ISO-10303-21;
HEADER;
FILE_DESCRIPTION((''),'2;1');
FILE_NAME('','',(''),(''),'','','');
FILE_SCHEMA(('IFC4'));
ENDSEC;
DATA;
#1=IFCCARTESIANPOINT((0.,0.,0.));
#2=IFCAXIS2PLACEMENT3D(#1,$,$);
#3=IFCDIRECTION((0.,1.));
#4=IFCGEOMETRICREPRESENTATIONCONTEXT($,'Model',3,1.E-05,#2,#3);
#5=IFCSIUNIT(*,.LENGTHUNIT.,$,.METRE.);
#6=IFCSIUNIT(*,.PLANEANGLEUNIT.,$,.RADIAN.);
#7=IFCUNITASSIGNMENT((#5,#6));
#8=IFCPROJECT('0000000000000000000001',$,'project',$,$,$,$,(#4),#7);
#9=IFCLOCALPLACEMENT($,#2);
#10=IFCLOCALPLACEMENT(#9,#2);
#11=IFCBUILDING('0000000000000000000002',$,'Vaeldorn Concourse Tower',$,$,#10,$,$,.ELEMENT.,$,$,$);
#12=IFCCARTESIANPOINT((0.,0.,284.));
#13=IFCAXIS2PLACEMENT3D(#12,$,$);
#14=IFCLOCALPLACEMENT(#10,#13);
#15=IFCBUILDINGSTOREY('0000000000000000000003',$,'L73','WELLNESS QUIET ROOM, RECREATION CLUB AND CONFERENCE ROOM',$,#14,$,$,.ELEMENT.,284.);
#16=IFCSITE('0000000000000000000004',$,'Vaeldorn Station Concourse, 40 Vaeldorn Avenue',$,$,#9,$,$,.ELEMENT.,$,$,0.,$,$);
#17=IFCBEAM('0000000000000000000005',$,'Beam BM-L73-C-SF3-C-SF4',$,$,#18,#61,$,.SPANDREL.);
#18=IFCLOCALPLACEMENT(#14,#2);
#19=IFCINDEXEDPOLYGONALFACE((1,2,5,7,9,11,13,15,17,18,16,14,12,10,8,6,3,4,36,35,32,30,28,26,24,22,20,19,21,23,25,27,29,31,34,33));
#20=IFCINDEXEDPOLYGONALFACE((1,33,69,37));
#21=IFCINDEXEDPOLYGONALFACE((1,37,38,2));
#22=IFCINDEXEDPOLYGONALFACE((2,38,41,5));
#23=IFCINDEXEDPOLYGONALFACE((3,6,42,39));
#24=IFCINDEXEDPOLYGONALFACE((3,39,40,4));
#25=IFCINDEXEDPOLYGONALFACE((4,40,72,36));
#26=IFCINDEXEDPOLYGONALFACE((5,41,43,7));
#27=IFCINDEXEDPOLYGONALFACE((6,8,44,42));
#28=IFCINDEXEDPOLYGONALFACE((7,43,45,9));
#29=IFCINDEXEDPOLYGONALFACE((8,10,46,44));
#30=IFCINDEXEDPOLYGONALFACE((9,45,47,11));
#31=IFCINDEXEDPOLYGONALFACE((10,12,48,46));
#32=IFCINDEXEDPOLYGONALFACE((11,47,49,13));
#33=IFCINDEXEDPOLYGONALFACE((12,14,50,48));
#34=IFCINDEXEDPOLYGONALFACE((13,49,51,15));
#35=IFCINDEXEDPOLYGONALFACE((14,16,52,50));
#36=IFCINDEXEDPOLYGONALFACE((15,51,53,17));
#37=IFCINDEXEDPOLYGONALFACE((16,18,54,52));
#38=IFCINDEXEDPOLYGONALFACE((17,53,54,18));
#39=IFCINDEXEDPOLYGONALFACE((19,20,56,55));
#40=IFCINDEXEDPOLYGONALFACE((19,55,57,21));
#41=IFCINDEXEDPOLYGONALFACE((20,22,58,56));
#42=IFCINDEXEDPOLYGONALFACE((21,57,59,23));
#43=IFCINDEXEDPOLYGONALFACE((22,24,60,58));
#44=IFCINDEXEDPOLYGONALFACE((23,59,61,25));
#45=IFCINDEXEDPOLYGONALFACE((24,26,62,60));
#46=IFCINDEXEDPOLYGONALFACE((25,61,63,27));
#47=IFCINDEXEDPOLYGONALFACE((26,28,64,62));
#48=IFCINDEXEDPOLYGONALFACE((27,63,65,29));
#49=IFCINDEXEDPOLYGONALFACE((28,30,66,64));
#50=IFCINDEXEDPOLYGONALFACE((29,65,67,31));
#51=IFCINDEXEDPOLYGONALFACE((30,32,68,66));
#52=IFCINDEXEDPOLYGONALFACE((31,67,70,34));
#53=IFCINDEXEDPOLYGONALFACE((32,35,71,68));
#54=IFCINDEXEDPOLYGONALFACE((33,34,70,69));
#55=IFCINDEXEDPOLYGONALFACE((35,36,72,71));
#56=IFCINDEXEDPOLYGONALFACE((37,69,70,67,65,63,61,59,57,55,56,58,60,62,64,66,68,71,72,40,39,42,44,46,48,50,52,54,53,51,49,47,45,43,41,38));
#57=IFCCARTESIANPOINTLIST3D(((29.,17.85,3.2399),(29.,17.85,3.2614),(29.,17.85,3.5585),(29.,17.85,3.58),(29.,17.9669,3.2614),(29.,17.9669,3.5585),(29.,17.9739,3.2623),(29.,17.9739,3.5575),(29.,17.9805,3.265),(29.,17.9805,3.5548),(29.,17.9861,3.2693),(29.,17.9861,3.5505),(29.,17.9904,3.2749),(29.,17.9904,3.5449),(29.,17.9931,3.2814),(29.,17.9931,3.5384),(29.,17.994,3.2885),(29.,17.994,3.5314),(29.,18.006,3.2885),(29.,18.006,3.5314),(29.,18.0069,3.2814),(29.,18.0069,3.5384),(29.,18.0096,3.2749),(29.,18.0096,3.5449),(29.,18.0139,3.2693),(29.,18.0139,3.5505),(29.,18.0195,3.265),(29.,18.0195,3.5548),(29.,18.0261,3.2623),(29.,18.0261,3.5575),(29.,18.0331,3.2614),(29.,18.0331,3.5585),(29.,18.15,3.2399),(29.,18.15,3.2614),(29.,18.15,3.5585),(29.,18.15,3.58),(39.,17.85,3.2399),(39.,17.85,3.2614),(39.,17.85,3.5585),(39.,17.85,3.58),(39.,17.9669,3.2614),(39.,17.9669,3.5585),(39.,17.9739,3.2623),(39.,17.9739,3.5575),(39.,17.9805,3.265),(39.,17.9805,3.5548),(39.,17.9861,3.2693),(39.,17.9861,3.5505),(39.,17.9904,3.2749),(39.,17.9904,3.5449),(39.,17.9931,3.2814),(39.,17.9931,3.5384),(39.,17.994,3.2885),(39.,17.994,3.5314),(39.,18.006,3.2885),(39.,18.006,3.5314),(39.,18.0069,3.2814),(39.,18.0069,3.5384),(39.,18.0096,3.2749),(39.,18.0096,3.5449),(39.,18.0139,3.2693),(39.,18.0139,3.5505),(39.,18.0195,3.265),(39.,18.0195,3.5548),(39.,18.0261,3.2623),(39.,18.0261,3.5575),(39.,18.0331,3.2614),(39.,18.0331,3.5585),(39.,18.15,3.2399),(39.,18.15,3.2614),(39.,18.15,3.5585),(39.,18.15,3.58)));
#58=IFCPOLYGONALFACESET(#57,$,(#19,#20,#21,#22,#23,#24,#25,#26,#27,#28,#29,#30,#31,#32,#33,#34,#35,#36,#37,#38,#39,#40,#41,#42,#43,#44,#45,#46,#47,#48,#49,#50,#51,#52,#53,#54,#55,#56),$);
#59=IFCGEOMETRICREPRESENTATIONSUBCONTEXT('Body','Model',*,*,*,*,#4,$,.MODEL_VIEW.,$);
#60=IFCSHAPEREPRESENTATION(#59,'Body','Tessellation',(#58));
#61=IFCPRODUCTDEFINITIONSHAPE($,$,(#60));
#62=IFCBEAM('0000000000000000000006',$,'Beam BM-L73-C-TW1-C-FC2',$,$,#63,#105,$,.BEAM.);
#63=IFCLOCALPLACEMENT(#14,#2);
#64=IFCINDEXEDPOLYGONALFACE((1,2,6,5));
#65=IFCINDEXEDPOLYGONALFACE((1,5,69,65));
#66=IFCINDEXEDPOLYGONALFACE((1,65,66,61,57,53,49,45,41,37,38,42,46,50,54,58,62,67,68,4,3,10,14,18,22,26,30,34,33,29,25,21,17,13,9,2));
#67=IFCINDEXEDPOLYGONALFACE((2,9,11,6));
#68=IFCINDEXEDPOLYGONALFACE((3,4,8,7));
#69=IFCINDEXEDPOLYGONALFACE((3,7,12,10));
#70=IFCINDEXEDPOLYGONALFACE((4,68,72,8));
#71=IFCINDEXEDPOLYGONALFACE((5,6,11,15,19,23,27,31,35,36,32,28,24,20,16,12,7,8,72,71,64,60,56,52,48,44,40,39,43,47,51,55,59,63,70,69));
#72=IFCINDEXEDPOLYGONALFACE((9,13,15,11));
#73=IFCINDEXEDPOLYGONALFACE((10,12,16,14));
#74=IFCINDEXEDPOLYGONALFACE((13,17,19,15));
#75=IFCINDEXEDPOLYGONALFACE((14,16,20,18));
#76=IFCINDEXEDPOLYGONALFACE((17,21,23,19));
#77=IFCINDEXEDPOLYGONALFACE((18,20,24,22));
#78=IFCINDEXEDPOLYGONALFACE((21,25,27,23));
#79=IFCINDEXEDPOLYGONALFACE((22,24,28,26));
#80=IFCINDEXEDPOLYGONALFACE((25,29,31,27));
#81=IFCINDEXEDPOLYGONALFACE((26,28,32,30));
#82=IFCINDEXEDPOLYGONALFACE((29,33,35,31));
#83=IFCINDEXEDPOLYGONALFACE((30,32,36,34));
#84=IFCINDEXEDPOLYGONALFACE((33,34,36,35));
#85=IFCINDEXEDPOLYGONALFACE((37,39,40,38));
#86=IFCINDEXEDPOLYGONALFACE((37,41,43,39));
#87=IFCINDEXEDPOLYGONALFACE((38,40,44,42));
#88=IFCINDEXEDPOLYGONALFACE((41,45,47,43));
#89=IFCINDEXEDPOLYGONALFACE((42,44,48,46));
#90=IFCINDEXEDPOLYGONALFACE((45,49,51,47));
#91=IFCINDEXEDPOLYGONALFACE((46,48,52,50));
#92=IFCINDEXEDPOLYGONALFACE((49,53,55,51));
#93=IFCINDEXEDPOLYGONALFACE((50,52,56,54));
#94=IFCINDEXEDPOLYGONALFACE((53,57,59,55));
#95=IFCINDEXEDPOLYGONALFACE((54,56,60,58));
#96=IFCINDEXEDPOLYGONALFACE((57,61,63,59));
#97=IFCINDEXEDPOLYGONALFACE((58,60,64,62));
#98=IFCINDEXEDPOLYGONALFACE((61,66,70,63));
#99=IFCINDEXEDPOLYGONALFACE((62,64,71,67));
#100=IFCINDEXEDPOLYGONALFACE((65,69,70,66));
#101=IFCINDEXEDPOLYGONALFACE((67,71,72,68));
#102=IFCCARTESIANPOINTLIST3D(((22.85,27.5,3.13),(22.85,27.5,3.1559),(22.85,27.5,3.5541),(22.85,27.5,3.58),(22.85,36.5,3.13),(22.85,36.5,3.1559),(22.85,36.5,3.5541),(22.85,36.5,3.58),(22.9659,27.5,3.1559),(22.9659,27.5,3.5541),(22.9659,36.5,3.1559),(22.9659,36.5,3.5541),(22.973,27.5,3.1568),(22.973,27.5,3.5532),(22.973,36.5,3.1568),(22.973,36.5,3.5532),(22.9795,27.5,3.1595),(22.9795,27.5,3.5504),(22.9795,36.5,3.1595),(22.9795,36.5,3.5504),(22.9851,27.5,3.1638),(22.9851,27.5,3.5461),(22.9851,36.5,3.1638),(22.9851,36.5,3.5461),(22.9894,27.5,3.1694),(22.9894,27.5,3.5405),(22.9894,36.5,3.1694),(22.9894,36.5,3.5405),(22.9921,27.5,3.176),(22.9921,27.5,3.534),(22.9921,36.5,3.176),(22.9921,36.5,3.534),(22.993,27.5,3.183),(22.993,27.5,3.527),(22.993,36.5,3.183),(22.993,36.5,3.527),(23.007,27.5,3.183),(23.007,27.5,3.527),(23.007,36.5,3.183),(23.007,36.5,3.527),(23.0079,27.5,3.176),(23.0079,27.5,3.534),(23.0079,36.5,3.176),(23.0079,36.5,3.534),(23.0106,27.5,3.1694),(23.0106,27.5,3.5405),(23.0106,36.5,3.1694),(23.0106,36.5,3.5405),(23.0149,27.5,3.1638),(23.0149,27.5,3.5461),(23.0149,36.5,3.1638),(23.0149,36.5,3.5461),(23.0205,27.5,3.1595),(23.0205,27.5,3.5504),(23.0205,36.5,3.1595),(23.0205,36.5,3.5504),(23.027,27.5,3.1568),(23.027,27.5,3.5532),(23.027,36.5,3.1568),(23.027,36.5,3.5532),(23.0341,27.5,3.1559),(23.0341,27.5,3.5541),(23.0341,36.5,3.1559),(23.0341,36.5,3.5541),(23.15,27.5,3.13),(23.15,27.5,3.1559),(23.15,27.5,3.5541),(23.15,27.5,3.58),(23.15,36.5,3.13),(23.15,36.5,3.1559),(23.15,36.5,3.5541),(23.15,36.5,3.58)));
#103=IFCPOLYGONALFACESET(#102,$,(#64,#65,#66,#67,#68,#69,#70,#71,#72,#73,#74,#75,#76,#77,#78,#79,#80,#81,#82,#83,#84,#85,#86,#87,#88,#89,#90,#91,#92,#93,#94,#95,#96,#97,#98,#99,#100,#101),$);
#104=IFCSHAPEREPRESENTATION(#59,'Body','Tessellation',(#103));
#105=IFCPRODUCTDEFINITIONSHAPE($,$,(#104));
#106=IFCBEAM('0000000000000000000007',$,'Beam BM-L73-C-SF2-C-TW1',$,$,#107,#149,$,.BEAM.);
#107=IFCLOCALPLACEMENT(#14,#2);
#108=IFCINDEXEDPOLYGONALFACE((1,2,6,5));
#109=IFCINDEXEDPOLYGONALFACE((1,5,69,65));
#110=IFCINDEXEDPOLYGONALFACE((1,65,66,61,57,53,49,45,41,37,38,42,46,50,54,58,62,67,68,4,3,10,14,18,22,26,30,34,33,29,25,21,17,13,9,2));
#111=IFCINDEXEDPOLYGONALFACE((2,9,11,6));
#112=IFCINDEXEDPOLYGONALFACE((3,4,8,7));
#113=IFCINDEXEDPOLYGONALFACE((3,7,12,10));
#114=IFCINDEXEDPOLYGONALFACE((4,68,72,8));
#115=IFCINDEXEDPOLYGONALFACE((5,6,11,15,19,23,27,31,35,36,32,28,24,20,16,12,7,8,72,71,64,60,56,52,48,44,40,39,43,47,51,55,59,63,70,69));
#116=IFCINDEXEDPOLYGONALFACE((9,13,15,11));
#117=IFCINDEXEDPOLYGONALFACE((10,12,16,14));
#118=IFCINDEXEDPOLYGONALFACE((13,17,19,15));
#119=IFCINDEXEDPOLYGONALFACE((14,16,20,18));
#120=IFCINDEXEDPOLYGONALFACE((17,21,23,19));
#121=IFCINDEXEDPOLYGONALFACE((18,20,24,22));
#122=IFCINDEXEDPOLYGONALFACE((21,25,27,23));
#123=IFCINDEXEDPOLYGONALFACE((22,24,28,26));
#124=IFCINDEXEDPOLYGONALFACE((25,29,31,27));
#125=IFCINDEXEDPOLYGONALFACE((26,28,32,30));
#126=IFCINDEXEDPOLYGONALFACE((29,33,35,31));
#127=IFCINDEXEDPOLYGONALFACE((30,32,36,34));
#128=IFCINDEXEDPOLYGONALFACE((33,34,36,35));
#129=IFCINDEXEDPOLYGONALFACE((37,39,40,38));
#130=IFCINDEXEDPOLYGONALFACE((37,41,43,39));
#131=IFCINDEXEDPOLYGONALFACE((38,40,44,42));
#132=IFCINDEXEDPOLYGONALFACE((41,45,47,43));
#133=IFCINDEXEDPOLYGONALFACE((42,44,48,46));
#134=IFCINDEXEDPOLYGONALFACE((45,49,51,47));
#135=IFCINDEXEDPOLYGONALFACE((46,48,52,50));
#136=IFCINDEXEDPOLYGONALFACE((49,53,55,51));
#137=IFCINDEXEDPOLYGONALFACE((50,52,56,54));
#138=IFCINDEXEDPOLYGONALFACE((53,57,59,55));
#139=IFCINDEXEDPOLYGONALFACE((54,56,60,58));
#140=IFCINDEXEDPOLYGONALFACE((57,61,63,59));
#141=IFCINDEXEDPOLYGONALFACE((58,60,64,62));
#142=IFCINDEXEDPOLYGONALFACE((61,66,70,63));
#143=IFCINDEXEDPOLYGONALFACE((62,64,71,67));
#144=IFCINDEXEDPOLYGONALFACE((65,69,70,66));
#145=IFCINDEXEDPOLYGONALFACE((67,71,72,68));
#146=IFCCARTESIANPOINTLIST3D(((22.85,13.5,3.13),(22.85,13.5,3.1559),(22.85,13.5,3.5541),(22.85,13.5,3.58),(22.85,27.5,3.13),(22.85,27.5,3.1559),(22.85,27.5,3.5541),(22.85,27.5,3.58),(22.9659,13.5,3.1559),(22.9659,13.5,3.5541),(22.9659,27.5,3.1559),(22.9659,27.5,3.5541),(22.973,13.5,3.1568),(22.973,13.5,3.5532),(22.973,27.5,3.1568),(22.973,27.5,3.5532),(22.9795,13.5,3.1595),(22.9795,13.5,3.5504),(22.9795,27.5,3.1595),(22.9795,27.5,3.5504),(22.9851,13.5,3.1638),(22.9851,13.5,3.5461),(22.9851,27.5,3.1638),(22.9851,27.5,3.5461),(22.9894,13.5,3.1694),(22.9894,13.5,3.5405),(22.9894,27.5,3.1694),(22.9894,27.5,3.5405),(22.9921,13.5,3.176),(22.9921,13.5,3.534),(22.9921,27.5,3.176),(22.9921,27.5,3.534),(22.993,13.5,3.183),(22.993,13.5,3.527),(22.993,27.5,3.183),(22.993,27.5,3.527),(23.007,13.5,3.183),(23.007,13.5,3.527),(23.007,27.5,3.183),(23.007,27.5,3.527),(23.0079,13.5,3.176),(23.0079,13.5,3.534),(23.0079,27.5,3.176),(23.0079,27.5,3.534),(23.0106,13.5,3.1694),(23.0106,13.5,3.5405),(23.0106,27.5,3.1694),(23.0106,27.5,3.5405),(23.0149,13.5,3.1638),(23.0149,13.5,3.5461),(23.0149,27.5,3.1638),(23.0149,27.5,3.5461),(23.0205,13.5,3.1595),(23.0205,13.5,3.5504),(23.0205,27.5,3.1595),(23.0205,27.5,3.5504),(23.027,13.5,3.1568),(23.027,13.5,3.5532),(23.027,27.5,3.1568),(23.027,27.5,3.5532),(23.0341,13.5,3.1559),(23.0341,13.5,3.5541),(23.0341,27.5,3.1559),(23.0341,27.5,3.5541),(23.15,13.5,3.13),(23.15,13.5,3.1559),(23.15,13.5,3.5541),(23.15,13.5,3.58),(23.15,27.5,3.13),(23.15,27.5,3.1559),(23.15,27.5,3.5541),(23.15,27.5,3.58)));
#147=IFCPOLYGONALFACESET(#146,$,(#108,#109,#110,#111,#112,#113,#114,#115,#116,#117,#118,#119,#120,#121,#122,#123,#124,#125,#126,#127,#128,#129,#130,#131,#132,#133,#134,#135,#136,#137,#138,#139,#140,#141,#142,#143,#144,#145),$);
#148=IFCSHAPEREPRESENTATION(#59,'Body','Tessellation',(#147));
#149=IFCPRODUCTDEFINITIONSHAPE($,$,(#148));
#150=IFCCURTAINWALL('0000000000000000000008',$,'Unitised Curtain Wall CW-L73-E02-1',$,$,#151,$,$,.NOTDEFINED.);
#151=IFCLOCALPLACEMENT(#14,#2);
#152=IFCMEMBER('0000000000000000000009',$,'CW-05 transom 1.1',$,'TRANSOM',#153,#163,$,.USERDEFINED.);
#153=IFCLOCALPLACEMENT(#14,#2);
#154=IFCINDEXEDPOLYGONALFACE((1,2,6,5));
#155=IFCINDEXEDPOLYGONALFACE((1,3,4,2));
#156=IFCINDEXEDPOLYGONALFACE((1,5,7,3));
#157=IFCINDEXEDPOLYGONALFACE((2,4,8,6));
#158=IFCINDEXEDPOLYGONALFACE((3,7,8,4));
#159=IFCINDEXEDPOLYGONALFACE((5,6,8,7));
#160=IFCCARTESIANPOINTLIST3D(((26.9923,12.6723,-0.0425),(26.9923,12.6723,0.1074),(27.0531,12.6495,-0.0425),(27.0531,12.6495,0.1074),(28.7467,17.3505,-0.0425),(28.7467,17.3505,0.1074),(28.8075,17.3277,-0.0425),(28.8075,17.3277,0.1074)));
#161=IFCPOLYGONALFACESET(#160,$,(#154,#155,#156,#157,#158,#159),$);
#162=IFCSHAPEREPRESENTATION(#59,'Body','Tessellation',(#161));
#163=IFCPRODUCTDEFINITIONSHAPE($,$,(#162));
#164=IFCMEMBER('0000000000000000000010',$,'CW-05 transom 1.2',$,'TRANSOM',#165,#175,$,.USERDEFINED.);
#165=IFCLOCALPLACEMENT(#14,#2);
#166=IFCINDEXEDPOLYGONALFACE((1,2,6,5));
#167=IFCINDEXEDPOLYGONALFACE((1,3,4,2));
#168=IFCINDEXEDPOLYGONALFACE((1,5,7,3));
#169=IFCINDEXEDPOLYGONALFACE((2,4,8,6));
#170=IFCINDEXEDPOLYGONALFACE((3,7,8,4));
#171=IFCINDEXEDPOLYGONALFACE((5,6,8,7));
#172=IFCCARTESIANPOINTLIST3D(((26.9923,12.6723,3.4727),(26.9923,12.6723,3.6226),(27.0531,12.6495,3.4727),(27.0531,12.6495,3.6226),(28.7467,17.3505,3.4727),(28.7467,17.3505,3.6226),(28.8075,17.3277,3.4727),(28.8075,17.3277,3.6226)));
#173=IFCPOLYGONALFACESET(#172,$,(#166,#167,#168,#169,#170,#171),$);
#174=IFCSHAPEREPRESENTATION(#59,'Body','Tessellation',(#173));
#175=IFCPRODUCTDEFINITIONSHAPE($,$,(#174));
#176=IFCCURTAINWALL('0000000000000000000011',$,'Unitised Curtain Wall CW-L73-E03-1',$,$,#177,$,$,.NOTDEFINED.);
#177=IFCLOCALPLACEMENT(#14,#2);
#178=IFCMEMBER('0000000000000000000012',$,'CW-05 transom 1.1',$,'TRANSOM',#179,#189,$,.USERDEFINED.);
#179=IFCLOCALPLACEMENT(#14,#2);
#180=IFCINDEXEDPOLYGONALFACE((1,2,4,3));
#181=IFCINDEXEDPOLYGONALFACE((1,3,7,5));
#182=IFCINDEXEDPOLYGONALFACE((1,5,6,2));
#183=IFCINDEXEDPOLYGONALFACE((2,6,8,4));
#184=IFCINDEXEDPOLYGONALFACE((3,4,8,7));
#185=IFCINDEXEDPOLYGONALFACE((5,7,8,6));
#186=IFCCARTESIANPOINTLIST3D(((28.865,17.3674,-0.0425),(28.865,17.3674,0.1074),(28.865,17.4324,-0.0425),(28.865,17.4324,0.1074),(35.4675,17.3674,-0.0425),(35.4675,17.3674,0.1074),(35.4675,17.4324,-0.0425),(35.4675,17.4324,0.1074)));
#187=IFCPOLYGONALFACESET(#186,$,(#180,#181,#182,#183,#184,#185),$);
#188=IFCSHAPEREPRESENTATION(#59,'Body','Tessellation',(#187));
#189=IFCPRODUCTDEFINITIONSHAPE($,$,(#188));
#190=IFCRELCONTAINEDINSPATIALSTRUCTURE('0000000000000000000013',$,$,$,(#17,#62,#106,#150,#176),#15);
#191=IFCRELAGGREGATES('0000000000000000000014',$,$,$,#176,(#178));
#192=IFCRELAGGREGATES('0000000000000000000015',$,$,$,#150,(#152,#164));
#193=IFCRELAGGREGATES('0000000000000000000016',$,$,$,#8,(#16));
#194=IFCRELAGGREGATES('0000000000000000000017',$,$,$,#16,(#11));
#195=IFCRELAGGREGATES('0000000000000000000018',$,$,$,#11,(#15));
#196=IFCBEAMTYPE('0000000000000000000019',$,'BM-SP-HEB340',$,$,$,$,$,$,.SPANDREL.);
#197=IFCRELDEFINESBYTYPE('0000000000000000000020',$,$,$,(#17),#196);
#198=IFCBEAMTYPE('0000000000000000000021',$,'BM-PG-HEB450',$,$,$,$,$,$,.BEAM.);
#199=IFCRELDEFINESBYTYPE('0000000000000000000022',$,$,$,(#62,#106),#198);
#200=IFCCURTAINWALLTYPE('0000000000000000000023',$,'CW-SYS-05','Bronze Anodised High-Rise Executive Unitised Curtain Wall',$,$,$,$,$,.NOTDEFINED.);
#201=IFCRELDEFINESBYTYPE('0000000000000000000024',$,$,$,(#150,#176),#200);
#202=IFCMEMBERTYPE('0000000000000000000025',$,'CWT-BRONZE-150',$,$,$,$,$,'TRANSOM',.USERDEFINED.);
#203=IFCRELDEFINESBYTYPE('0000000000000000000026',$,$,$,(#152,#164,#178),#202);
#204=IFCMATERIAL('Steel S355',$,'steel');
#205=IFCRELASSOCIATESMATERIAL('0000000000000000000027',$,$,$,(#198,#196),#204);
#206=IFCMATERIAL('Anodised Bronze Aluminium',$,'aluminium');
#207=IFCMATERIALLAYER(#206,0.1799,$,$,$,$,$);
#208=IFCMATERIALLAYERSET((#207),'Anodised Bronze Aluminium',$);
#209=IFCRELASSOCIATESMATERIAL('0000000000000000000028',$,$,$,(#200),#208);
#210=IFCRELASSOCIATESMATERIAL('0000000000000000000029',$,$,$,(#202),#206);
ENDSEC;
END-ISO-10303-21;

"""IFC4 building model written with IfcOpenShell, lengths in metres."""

from ifc_helpers import new_model, si_unit, direction, frame, origin, origin_2d, place, context, subcontext, project, spatial, rectangle, i_section, extrude, source, transform, mapped, material, layer, layer_set, material_profile, profile_set, type_object, element, aggregate, save


model = new_model("IFC4")

# Units and contexts
model_context = context("Model", 3, precision=1e-05, world=origin(), true_north=direction((0.0, 1.0)))
body_context = subcontext(model_context, "Body", "Model", "MODEL_VIEW")
ifc_project = project(units=[si_unit("LENGTHUNIT", "METRE"), si_unit("PLANEANGLEUNIT", "RADIAN")], contexts=[model_context])

# Site, building, storey
site_placement = place(None, origin())
site = spatial("IfcSite", under=ifc_project, at=site_placement, Name="Vaeldorn Station Concourse, 40 Vaeldorn Avenue", CompositionType="ELEMENT", RefElevation=0.0)
building_placement = place(site_placement, origin())
building = spatial("IfcBuilding", under=site, at=building_placement, Name="Vaeldorn Concourse Tower", CompositionType="ELEMENT")
storey_placement = place(building_placement, frame((0.0, 0.0, 284.0)))
storey = spatial("IfcBuildingStorey", under=building, at=storey_placement, Name="L73", Description="WELLNESS QUIET ROOM, RECREATION CLUB AND CONFERENCE ROOM", CompositionType="ELEMENT", Elevation=284.0)

# Shared definitions
ifc_material_1 = material(Name="Steel S355", Category="steel")

# Beams
ifc_material_profile_1 = material_profile(ifc_material_1, i_section(OverallWidth=0.3, OverallDepth=0.45, WebThickness=0.0139, FlangeThickness=0.0259, FilletRadius=0.0271, at=origin_2d()), Name="HEB 450")
ifc_profile_set_1 = profile_set([ifc_material_profile_1], Name="Steel S355")
beam_type_1 = type_object("IfcBeamType", Name="BM-PG-HEB450", PredefinedType="BEAM", material=ifc_profile_set_1)
ifc_material_profile_2 = material_profile(ifc_material_1, i_section(OverallWidth=0.3, OverallDepth=0.3401, WebThickness=0.012, FlangeThickness=0.0215, FilletRadius=0.0271, at=origin_2d()), Name="HEB 340")
ifc_profile_set_2 = profile_set([ifc_material_profile_2], Name="Steel S355")
beam_type_2 = type_object("IfcBeamType", Name="BM-SP-HEB340", PredefinedType="SPANDREL", material=ifc_profile_set_2)
shared_shape_1 = source(origin(), body_context, "Body", "SweptSolid", [
    extrude(i_section(OverallWidth=0.3, OverallDepth=0.3401, WebThickness=0.012, FlangeThickness=0.0215, FilletRadius=0.0271, at=origin_2d()), origin(), (0.0, 0.0, 1.0), 10.0),
])
beam_1_placement = place(storey_placement, frame((29.0, 18.0, 3.4099), z_axis=(1.0, 0.0, 0.0), x_axis=(0.0, 1.0, 0.0)))
element("IfcBeam", 1, at=beam_1_placement, inside=storey, type_object=beam_type_2, Name="Beam BM-L73-C-SF3-C-SF4", PredefinedType="SPANDREL", context=body_context, shape_type="MappedRepresentation", body=[
    mapped(shared_shape_1, transform((0.0, 0.0, 0.0), scale=1.0)),
])
shared_shape_2 = source(origin(), body_context, "Body", "SweptSolid", [
    extrude(i_section(OverallWidth=0.3, OverallDepth=0.45, WebThickness=0.0139, FlangeThickness=0.0259, FilletRadius=0.0271, at=origin_2d()), origin(), (0.0, 0.0, 1.0), 9.0),
])
beam_2_placement = place(storey_placement, frame((23.0, 27.5, 3.355), z_axis=(0.0, 1.0, 0.0), x_axis=(-1.0, 0.0, 0.0)))
element("IfcBeam", 2, at=beam_2_placement, inside=storey, type_object=beam_type_1, Name="Beam BM-L73-C-TW1-C-FC2", PredefinedType="BEAM", context=body_context, shape_type="MappedRepresentation", body=[
    mapped(shared_shape_2, transform((0.0, 0.0, 0.0), scale=1.0)),
])
shared_shape_3 = source(origin(), body_context, "Body", "SweptSolid", [
    extrude(i_section(OverallWidth=0.3, OverallDepth=0.45, WebThickness=0.0139, FlangeThickness=0.0259, FilletRadius=0.0271, at=origin_2d()), origin(), (0.0, 0.0, 1.0), 14.0),
])
beam_3_placement = place(storey_placement, frame((23.0, 13.5, 3.355), z_axis=(0.0, 1.0, 0.0), x_axis=(-1.0, 0.0, 0.0)))
element("IfcBeam", 3, at=beam_3_placement, inside=storey, type_object=beam_type_1, Name="Beam BM-L73-C-SF2-C-TW1", PredefinedType="BEAM", context=body_context, shape_type="MappedRepresentation", body=[
    mapped(shared_shape_3, transform((0.0, 0.0, 0.0), scale=1.0)),
])

# Curtain walls, members
ifc_material_2 = material(Name="Anodised Bronze Aluminium", Category="aluminium")
ifc_layer_1 = layer(ifc_material_2, 0.1799)
ifc_layer_set_1 = layer_set([ifc_layer_1], Name="Anodised Bronze Aluminium")
curtain_wall_type = type_object("IfcCurtainWallType", Name="CW-SYS-05", Description="Bronze Anodised High-Rise Executive Unitised Curtain Wall", PredefinedType="NOTDEFINED", material=ifc_layer_set_1)
curtain_wall_1_placement = place(storey_placement, origin())
curtain_wall_1 = element("IfcCurtainWall", 4, at=curtain_wall_1_placement, inside=storey, type_object=curtain_wall_type, Name="Unitised Curtain Wall CW-L73-E02-1", PredefinedType="NOTDEFINED")
ifc_material_profile_3 = material_profile(ifc_material_2, rectangle(XDim=0.0649, YDim=0.1499, at=origin_2d()), Name="CWT 65x150")
ifc_profile_set_3 = profile_set([ifc_material_profile_3], Name="Anodised Bronze Aluminium")
member_type_1 = type_object("IfcMemberType", Name="CWT-BRONZE-150", ElementType="TRANSOM", PredefinedType="USERDEFINED", material=ifc_profile_set_3)
shared_shape_4 = source(origin(), body_context, "Body", "SweptSolid", [
    extrude(rectangle(XDim=0.0649, YDim=0.1499, at=origin_2d()), origin(), (0.0, 0.0, 1.0), 4.9963),
])
member_1_placement = place(storey_placement, frame((27.0227, 12.6609, 0.0325), z_axis=(0.351134, 0.936325, 0.0), x_axis=(-0.936325, 0.351134, 0.0)))
member_1 = element("IfcMember", 5, at=member_1_placement, type_object=member_type_1, Name="CW-05 transom 1.1", ObjectType="TRANSOM", PredefinedType="USERDEFINED", context=body_context, shape_type="MappedRepresentation", body=[
    mapped(shared_shape_4, transform((0.0, 0.0, 0.0), scale=1.0)),
])
member_2_placement = place(storey_placement, frame((27.0227, 12.6609, 3.5476), z_axis=(0.351134, 0.936325, 0.0), x_axis=(-0.936325, 0.351134, 0.0)))
member_2 = element("IfcMember", 6, at=member_2_placement, type_object=member_type_1, Name="CW-05 transom 1.2", ObjectType="TRANSOM", PredefinedType="USERDEFINED", context=body_context, shape_type="MappedRepresentation", body=[
    mapped(shared_shape_4, transform((0.0, 0.0, 0.0), scale=1.0)),
])
curtain_wall_2_placement = place(storey_placement, origin())
curtain_wall_2 = element("IfcCurtainWall", 7, at=curtain_wall_2_placement, inside=storey, type_object=curtain_wall_type, Name="Unitised Curtain Wall CW-L73-E03-1", PredefinedType="NOTDEFINED")
shared_shape_5 = source(origin(), body_context, "Body", "SweptSolid", [
    extrude(rectangle(XDim=0.0649, YDim=0.1499, at=origin_2d()), origin(), (0.0, 0.0, 1.0), 6.6025),
])
member_3_placement = place(storey_placement, frame((28.865, 17.3999, 0.0325), z_axis=(1.0, 0.0, 0.0), x_axis=(0.0, 1.0, 0.0)))
member_3 = element("IfcMember", 8, at=member_3_placement, type_object=member_type_1, Name="CW-05 transom 1.1", ObjectType="TRANSOM", PredefinedType="USERDEFINED", context=body_context, shape_type="MappedRepresentation", body=[
    mapped(shared_shape_5, transform((0.0, 0.0, 0.0), scale=1.0)),
])

aggregate(curtain_wall_2, [member_3])

aggregate(curtain_wall_1, [member_1, member_2])

save(model, "model.ifc")
